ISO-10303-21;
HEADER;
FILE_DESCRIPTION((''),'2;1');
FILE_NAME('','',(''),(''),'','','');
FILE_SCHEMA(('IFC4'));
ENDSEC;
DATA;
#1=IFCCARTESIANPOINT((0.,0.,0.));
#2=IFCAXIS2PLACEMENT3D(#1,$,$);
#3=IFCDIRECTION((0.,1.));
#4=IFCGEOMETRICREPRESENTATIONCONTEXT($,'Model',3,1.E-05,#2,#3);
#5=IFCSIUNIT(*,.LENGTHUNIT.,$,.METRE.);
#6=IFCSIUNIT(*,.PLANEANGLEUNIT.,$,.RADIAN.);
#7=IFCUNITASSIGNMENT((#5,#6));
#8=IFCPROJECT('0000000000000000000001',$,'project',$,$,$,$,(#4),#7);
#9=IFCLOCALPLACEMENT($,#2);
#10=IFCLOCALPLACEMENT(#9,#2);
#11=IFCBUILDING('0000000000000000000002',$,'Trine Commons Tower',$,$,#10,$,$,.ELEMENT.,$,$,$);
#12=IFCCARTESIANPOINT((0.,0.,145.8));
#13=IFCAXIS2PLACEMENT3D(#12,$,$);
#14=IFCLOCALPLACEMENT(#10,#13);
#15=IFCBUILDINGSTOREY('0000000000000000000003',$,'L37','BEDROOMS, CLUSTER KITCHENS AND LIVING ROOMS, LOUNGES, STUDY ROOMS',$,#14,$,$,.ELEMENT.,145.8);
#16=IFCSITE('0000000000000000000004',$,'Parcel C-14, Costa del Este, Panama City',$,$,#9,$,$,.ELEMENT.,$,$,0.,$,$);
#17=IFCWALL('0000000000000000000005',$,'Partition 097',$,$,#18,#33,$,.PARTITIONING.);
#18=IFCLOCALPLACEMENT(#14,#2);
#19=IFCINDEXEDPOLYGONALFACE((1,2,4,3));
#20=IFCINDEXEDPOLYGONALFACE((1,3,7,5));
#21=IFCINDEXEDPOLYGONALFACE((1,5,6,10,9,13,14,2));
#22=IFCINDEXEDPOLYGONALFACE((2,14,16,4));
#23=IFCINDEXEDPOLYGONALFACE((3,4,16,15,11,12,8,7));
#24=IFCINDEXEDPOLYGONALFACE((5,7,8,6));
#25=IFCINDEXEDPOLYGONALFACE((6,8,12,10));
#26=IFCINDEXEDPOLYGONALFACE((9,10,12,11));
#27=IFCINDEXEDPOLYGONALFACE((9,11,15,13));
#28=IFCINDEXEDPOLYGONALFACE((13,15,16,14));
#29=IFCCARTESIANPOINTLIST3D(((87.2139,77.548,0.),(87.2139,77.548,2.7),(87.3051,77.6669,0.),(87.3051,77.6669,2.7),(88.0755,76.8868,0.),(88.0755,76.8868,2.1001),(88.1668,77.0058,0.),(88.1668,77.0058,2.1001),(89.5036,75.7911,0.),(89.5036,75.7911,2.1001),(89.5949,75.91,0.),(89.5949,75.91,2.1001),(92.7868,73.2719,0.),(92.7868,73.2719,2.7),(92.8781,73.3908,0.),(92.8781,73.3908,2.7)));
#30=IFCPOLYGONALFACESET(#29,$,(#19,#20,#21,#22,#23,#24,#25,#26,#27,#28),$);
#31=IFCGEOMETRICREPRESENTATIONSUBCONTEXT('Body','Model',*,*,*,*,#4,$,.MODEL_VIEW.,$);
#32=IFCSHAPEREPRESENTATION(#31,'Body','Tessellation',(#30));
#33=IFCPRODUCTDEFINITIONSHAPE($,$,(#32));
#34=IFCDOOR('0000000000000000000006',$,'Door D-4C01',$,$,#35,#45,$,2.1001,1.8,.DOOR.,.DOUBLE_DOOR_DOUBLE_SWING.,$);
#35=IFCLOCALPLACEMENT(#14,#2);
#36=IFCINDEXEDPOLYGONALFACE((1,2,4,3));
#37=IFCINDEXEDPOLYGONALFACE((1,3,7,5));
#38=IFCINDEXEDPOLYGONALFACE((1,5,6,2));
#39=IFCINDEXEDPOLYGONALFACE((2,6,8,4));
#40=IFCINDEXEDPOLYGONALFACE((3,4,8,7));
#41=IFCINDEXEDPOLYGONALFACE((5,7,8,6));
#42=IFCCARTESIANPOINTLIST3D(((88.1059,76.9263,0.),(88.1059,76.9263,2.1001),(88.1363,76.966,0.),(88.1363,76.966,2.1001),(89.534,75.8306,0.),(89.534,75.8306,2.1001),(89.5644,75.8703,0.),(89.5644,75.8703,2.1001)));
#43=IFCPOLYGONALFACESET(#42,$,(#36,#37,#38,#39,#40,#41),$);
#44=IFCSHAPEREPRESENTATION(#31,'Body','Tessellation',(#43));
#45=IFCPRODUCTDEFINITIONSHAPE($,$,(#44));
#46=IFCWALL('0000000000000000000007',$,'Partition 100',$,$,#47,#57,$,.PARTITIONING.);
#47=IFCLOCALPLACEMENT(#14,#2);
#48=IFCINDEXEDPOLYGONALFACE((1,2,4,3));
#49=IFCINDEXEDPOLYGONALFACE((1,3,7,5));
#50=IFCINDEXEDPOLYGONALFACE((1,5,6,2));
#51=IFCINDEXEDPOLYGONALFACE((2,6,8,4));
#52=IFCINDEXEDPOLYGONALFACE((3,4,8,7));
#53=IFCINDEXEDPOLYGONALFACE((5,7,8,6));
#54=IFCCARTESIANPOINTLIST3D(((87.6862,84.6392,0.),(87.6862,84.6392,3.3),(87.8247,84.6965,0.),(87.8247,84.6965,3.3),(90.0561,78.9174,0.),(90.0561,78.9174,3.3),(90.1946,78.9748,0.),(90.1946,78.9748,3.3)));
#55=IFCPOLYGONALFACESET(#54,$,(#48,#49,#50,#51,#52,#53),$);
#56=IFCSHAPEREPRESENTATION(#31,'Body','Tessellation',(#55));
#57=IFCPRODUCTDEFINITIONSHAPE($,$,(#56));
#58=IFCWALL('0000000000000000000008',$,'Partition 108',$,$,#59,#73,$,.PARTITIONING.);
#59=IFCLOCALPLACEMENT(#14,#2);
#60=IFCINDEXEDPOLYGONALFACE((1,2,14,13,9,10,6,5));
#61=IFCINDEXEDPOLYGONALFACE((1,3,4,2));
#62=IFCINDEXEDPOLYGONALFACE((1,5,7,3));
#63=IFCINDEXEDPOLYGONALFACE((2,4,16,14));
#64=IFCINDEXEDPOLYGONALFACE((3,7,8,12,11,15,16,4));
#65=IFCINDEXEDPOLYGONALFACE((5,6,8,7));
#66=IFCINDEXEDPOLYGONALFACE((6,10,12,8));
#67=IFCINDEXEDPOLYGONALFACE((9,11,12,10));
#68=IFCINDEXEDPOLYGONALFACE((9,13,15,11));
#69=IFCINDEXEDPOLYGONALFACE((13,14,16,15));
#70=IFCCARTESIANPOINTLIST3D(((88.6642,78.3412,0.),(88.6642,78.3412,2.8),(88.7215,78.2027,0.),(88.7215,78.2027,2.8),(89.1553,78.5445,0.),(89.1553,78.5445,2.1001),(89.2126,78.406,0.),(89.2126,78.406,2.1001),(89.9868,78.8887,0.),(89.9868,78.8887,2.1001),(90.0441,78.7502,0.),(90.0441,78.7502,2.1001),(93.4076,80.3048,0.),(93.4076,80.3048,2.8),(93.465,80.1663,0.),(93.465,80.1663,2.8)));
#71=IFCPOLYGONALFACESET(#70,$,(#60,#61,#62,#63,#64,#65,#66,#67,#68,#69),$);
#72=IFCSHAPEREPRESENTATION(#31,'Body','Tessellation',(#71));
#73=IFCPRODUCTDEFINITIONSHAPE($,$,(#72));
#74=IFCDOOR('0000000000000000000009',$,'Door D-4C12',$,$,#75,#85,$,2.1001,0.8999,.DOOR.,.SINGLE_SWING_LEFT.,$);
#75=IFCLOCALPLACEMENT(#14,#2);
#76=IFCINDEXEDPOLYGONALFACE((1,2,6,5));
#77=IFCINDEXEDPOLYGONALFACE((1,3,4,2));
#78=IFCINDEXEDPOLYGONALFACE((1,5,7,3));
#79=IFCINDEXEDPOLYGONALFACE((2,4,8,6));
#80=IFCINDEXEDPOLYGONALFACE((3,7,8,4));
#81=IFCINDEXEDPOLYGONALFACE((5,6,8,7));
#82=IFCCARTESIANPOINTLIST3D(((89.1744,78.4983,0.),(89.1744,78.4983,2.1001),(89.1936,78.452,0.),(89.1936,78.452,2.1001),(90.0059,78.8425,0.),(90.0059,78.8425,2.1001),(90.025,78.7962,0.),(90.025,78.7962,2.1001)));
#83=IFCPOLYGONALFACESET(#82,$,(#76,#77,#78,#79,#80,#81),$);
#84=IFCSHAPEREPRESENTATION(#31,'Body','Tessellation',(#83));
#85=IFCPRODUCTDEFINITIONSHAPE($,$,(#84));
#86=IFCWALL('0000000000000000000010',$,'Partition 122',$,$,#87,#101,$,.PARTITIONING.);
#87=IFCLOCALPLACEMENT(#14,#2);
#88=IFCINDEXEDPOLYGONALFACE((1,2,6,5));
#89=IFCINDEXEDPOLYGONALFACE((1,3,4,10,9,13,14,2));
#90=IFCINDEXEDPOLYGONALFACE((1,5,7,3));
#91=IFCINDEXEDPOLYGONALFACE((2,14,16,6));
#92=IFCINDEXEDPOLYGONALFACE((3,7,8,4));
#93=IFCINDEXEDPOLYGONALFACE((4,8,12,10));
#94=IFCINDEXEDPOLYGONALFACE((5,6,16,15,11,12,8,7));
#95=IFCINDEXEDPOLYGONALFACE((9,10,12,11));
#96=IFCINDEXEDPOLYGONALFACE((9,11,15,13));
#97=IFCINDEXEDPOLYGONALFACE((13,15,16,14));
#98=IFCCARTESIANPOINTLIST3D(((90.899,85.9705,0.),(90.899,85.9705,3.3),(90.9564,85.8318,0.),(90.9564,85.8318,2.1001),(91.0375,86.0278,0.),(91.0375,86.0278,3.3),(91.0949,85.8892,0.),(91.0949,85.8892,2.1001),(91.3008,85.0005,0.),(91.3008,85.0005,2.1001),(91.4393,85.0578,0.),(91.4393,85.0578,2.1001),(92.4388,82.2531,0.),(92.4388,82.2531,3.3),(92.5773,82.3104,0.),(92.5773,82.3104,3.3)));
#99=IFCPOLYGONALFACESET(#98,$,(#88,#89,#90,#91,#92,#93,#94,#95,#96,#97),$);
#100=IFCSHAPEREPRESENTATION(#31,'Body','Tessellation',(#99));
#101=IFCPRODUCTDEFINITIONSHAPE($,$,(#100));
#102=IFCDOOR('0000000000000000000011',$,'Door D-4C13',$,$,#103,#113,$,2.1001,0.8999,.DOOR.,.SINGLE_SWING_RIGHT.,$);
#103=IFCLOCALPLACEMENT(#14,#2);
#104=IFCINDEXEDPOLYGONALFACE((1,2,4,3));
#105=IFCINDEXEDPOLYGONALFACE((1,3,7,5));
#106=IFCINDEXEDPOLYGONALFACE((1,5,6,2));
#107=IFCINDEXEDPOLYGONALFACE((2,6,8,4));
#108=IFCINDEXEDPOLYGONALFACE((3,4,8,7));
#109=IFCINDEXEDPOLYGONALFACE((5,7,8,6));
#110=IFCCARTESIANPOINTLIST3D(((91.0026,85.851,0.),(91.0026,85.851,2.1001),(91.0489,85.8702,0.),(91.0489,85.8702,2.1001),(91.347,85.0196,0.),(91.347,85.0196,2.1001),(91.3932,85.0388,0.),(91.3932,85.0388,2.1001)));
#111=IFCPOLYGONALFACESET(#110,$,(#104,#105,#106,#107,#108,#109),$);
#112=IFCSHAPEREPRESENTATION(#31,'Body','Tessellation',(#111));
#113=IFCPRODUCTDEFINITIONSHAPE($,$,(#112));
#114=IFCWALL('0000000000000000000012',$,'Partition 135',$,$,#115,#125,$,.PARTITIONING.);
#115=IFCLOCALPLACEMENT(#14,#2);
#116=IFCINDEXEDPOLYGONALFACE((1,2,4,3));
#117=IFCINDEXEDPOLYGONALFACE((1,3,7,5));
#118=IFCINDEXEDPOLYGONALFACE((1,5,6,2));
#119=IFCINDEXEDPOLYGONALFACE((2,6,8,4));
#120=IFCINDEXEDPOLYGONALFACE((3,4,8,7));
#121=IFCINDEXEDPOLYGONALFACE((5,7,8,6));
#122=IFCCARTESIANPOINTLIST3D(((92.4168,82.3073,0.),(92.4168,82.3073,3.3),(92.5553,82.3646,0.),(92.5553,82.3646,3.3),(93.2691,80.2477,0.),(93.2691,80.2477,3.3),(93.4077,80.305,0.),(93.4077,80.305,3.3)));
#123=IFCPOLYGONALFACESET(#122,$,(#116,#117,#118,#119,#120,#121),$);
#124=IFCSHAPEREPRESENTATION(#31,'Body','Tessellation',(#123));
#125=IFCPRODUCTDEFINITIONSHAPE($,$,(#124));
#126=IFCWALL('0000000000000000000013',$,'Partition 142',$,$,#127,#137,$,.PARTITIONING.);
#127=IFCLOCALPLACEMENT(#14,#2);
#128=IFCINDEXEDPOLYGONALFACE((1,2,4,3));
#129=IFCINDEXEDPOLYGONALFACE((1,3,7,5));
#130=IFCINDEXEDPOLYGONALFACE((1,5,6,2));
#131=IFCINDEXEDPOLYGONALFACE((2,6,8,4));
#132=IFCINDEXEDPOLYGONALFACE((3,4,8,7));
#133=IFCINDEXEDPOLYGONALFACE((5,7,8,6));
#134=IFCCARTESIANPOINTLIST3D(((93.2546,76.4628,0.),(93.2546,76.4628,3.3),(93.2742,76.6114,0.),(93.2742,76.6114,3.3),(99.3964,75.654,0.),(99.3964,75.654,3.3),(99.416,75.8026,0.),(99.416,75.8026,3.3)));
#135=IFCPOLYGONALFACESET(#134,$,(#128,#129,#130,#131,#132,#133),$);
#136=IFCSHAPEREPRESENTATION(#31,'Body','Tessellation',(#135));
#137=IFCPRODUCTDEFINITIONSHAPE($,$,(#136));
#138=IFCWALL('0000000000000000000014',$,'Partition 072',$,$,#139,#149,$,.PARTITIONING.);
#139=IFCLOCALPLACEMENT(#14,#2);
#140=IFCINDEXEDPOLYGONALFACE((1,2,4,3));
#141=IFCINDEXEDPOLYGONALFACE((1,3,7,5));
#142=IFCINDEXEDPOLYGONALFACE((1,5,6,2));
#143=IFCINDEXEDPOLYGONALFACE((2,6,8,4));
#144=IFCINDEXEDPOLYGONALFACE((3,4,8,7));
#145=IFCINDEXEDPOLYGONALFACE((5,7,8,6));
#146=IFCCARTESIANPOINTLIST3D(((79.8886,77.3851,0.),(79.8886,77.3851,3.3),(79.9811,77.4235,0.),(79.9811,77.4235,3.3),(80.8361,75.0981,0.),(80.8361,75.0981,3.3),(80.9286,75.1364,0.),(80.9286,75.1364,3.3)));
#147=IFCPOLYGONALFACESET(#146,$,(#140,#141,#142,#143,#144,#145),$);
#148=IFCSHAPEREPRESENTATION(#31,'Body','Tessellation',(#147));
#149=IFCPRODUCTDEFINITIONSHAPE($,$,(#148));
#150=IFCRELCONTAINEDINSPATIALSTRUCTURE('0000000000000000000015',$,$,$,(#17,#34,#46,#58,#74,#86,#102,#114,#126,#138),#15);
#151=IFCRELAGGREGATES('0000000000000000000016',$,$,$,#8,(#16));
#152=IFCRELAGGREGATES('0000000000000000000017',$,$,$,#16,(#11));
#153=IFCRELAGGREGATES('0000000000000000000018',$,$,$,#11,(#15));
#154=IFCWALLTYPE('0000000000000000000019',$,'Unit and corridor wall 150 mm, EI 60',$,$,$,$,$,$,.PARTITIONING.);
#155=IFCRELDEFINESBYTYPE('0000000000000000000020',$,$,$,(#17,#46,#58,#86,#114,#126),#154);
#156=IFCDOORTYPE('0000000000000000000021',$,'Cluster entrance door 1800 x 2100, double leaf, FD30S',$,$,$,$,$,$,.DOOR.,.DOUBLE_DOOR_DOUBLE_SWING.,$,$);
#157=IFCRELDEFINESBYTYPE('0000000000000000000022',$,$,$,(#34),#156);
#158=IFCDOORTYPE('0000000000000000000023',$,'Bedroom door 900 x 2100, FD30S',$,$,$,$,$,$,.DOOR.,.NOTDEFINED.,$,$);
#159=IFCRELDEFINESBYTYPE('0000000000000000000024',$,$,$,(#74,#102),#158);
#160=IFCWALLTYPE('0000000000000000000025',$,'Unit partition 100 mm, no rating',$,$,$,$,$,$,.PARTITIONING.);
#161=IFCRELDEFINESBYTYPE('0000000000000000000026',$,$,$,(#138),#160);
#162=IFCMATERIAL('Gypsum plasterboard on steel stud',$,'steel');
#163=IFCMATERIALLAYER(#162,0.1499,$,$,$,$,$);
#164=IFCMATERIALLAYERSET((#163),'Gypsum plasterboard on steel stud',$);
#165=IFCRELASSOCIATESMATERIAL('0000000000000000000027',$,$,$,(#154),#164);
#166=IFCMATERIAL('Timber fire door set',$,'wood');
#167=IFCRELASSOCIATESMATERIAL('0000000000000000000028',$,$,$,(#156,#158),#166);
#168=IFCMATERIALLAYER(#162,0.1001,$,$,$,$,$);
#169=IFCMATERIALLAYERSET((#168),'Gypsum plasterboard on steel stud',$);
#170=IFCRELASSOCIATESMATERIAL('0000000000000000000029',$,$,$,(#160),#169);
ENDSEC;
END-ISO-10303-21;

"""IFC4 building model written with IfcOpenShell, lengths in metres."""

from ifc_helpers import new_model, si_unit, direction, frame, frame_2d, origin, place, context, subcontext, project, spatial, rectangle, extrude, material, layer, layer_set, type_object, element, fill, save


model = new_model("IFC4")

# Units and contexts
model_context = context("Model", 3, precision=1e-05, world=origin(), true_north=direction((0.0, 1.0)))
body_context = subcontext(model_context, "Body", "Model", "MODEL_VIEW")
ifc_project = project(units=[si_unit("LENGTHUNIT", "METRE"), si_unit("PLANEANGLEUNIT", "RADIAN")], contexts=[model_context])

# Site, building, storey
site_placement = place(None, origin())
site = spatial("IfcSite", under=ifc_project, at=site_placement, Name="Parcel C-14, Costa del Este, Panama City", CompositionType="ELEMENT", RefElevation=0.0)
building_placement = place(site_placement, origin())
building = spatial("IfcBuilding", under=site, at=building_placement, Name="Trine Commons Tower", CompositionType="ELEMENT")
storey_placement = place(building_placement, frame((0.0, 0.0, 145.8)))
storey = spatial("IfcBuildingStorey", under=building, at=storey_placement, Name="L37", Description="BEDROOMS, CLUSTER KITCHENS AND LIVING ROOMS, LOUNGES, STUDY ROOMS", CompositionType="ELEMENT", Elevation=145.8)

# Shared definitions
ifc_material_1 = material(Name="Gypsum plasterboard on steel stud", Category="steel")
ifc_layer_1 = layer(ifc_material_1, 0.1499)
ifc_layer_set_1 = layer_set([ifc_layer_1], Name="Gypsum plasterboard on steel stud")
wall_type_1 = type_object("IfcWallType", Name="Unit and corridor wall 150 mm, EI 60", PredefinedType="PARTITIONING", material=ifc_layer_set_1)

# Wall, opening, door
wall_1_placement = place(storey_placement, frame((87.2595, 77.6074, 0.0), z_axis=(0.0, 0.0, 1.0), x_axis=(0.793366, -0.608745, 0.0)))
wall_1 = element("IfcWall", 1, at=wall_1_placement, inside=storey, type_object=wall_type_1, Name="Partition 097", PredefinedType="PARTITIONING", context=body_context, shape_type="SweptSolid", body=[
    extrude(rectangle(XDim=7.0244, YDim=0.1499, at=frame_2d((3.5122, 0.0))), origin(), (0.0, 0.0, 1.0), 2.7),
])
opening_1_placement = place(wall_1_placement, frame((1.0862, 0.0, 0.0)))
opening_1 = element("IfcOpeningElement", 2, at=opening_1_placement, cuts=wall_1, PredefinedType="OPENING", context=body_context, shape_type="SweptSolid", body=[
    extrude(rectangle(XDim=1.8, YDim=2.1001, at=frame_2d((0.8999, 1.05))), frame((0.0, 0.085, 0.0), z_axis=(0.0, -1.0, 0.0), x_axis=(1.0, 0.0, 0.0)), (0.0, 0.0, 1.0), 0.1699),
])
ifc_material_2 = material(Name="Timber fire door set", Category="wood")
door_type_1 = type_object("IfcDoorType", Name="Cluster entrance door 1800 x 2100, double leaf, FD30S", OperationType="DOUBLE_DOOR_DOUBLE_SWING", PredefinedType="DOOR", material=ifc_material_2)
door_1_placement = place(opening_1_placement, origin())
door_1 = element("IfcDoor", 3, at=door_1_placement, inside=storey, type_object=door_type_1, Name="Door D-4C01", OperationType="DOUBLE_DOOR_DOUBLE_SWING", OverallHeight=2.1001, OverallWidth=1.8, PredefinedType="DOOR", context=body_context, shape_type="SweptSolid", body=[
    extrude(rectangle(XDim=1.8, YDim=2.1001, at=frame_2d((0.8999, 1.05))), frame((0.0, 0.0249, 0.0), z_axis=(0.0, -1.0, 0.0), x_axis=(1.0, 0.0, 0.0)), (0.0, 0.0, 1.0), 0.05),
])
fill(opening_1, door_1)

# Wall
wall_2_placement = place(storey_placement, frame((87.7554, 84.668, 0.0), z_axis=(0.0, 0.0, 1.0), x_axis=(0.382666, -0.923887, 0.0)))
element("IfcWall", 4, at=wall_2_placement, inside=storey, type_object=wall_type_1, Name="Partition 100", PredefinedType="PARTITIONING", context=body_context, shape_type="SweptSolid", body=[
    extrude(rectangle(XDim=6.1931, YDim=0.1499, at=frame_2d((3.0967, 0.0))), origin(), (0.0, 0.0, 1.0), 3.3),
])

# Walls, openings, doors
wall_3_placement = place(storey_placement, frame((88.6929, 78.272, 0.0), z_axis=(0.0, 0.0, 1.0), x_axis=(0.923959, 0.38249, 0.0)))
wall_3 = element("IfcWall", 5, at=wall_3_placement, inside=storey, type_object=wall_type_1, Name="Partition 108", PredefinedType="PARTITIONING", context=body_context, shape_type="SweptSolid", body=[
    extrude(rectangle(XDim=5.1338, YDim=0.1499, at=frame_2d((2.5669, 0.0))), origin(), (0.0, 0.0, 1.0), 2.8),
])
opening_2_placement = place(wall_3_placement, frame((0.5315, 0.0, 0.0)))
opening_2 = element("IfcOpeningElement", 6, at=opening_2_placement, cuts=wall_3, PredefinedType="OPENING", context=body_context, shape_type="SweptSolid", body=[
    extrude(rectangle(XDim=0.8999, YDim=2.1001, at=frame_2d((0.45, 1.05))), frame((0.0, 0.085, 0.0), z_axis=(0.0, -1.0, 0.0), x_axis=(1.0, 0.0, 0.0)), (0.0, 0.0, 1.0), 0.1699),
])
door_type_2 = type_object("IfcDoorType", Name="Bedroom door 900 x 2100, FD30S", OperationType="NOTDEFINED", PredefinedType="DOOR", material=ifc_material_2)
door_2_placement = place(opening_2_placement, origin())
door_2 = element("IfcDoor", 7, at=door_2_placement, inside=storey, type_object=door_type_2, Name="Door D-4C12", OperationType="SINGLE_SWING_LEFT", OverallHeight=2.1001, OverallWidth=0.8999, PredefinedType="DOOR", context=body_context, shape_type="SweptSolid", body=[
    extrude(rectangle(XDim=0.8999, YDim=2.1001, at=frame_2d((0.45, 1.05))), frame((0.0, 0.0249, 0.0), z_axis=(0.0, -1.0, 0.0), x_axis=(1.0, 0.0, 0.0)), (0.0, 0.0, 1.0), 0.05),
])
fill(opening_2, door_2)
wall_4_placement = place(storey_placement, frame((90.9683, 85.999, 0.0), z_axis=(0.0, 0.0, 1.0), x_axis=(0.382693, -0.923876, 0.0)))
wall_4 = element("IfcWall", 8, at=wall_4_placement, inside=storey, type_object=wall_type_1, Name="Partition 122", PredefinedType="PARTITIONING", context=body_context, shape_type="SweptSolid", body=[
    extrude(rectangle(XDim=4.0237, YDim=0.1499, at=frame_2d((2.0117, 0.0))), origin(), (0.0, 0.0, 1.0), 3.3),
])
opening_3_placement = place(wall_4_placement, frame((0.1499, 0.0, 0.0)))
opening_3 = element("IfcOpeningElement", 9, at=opening_3_placement, cuts=wall_4, PredefinedType="OPENING", context=body_context, shape_type="SweptSolid", body=[
    extrude(rectangle(XDim=0.8999, YDim=2.1001, at=frame_2d((0.45, 1.05))), frame((0.0, 0.085, 0.0), z_axis=(0.0, -1.0, 0.0), x_axis=(1.0, 0.0, 0.0)), (0.0, 0.0, 1.0), 0.1699),
])
door_3_placement = place(opening_3_placement, frame((0.8999, 0.0, 0.0), z_axis=(0.0, 0.0, 1.0), x_axis=(-1.0, 0.0, 0.0)))
door_3 = element("IfcDoor", 10, at=door_3_placement, inside=storey, type_object=door_type_2, Name="Door D-4C13", OperationType="SINGLE_SWING_RIGHT", OverallHeight=2.1001, OverallWidth=0.8999, PredefinedType="DOOR", context=body_context, shape_type="SweptSolid", body=[
    extrude(rectangle(XDim=0.8999, YDim=2.1001, at=frame_2d((0.45, 1.05))), frame((0.0, 0.0249, 0.0), z_axis=(0.0, -1.0, 0.0), x_axis=(1.0, 0.0, 0.0)), (0.0, 0.0, 1.0), 0.05),
])
fill(opening_3, door_3)

# Walls
wall_5_placement = place(storey_placement, frame((92.4861, 82.3359, 0.0), z_axis=(0.0, 0.0, 1.0), x_axis=(0.382374, -0.924007, 0.0)))
element("IfcWall", 11, at=wall_5_placement, inside=storey, type_object=wall_type_1, Name="Partition 135", PredefinedType="PARTITIONING", context=body_context, shape_type="SweptSolid", body=[
    extrude(rectangle(XDim=2.229, YDim=0.1499, at=frame_2d((1.1145, 0.0))), origin(), (0.0, 0.0, 1.0), 3.3),
])
wall_6_placement = place(storey_placement, frame((93.2644, 76.5371, 0.0), z_axis=(0.0, 0.0, 1.0), x_axis=(0.99144, -0.130566, 0.0)))
element("IfcWall", 12, at=wall_6_placement, inside=storey, type_object=wall_type_1, Name="Partition 142", PredefinedType="PARTITIONING", context=body_context, shape_type="SweptSolid", body=[
    extrude(rectangle(XDim=6.1948, YDim=0.1499, at=frame_2d((3.0974, 0.0))), origin(), (0.0, 0.0, 1.0), 3.3),
])
ifc_layer_2 = layer(ifc_material_1, 0.1001)
ifc_layer_set_2 = layer_set([ifc_layer_2], Name="Gypsum plasterboard on steel stud")
wall_type_2 = type_object("IfcWallType", Name="Unit partition 100 mm, no rating", PredefinedType="PARTITIONING", material=ifc_layer_set_2)
wall_7_placement = place(storey_placement, frame((79.9348, 77.4043, 0.0), z_axis=(0.0, 0.0, 1.0), x_axis=(0.382738, -0.923857, 0.0)))
element("IfcWall", 13, at=wall_7_placement, inside=storey, type_object=wall_type_2, Name="Partition 072", PredefinedType="PARTITIONING", context=body_context, shape_type="SweptSolid", body=[
    extrude(rectangle(XDim=2.4756, YDim=0.1001, at=frame_2d((1.2378, 0.0))), origin(), (0.0, 0.0, 1.0), 3.3),
])

save(model, "model.ifc")
